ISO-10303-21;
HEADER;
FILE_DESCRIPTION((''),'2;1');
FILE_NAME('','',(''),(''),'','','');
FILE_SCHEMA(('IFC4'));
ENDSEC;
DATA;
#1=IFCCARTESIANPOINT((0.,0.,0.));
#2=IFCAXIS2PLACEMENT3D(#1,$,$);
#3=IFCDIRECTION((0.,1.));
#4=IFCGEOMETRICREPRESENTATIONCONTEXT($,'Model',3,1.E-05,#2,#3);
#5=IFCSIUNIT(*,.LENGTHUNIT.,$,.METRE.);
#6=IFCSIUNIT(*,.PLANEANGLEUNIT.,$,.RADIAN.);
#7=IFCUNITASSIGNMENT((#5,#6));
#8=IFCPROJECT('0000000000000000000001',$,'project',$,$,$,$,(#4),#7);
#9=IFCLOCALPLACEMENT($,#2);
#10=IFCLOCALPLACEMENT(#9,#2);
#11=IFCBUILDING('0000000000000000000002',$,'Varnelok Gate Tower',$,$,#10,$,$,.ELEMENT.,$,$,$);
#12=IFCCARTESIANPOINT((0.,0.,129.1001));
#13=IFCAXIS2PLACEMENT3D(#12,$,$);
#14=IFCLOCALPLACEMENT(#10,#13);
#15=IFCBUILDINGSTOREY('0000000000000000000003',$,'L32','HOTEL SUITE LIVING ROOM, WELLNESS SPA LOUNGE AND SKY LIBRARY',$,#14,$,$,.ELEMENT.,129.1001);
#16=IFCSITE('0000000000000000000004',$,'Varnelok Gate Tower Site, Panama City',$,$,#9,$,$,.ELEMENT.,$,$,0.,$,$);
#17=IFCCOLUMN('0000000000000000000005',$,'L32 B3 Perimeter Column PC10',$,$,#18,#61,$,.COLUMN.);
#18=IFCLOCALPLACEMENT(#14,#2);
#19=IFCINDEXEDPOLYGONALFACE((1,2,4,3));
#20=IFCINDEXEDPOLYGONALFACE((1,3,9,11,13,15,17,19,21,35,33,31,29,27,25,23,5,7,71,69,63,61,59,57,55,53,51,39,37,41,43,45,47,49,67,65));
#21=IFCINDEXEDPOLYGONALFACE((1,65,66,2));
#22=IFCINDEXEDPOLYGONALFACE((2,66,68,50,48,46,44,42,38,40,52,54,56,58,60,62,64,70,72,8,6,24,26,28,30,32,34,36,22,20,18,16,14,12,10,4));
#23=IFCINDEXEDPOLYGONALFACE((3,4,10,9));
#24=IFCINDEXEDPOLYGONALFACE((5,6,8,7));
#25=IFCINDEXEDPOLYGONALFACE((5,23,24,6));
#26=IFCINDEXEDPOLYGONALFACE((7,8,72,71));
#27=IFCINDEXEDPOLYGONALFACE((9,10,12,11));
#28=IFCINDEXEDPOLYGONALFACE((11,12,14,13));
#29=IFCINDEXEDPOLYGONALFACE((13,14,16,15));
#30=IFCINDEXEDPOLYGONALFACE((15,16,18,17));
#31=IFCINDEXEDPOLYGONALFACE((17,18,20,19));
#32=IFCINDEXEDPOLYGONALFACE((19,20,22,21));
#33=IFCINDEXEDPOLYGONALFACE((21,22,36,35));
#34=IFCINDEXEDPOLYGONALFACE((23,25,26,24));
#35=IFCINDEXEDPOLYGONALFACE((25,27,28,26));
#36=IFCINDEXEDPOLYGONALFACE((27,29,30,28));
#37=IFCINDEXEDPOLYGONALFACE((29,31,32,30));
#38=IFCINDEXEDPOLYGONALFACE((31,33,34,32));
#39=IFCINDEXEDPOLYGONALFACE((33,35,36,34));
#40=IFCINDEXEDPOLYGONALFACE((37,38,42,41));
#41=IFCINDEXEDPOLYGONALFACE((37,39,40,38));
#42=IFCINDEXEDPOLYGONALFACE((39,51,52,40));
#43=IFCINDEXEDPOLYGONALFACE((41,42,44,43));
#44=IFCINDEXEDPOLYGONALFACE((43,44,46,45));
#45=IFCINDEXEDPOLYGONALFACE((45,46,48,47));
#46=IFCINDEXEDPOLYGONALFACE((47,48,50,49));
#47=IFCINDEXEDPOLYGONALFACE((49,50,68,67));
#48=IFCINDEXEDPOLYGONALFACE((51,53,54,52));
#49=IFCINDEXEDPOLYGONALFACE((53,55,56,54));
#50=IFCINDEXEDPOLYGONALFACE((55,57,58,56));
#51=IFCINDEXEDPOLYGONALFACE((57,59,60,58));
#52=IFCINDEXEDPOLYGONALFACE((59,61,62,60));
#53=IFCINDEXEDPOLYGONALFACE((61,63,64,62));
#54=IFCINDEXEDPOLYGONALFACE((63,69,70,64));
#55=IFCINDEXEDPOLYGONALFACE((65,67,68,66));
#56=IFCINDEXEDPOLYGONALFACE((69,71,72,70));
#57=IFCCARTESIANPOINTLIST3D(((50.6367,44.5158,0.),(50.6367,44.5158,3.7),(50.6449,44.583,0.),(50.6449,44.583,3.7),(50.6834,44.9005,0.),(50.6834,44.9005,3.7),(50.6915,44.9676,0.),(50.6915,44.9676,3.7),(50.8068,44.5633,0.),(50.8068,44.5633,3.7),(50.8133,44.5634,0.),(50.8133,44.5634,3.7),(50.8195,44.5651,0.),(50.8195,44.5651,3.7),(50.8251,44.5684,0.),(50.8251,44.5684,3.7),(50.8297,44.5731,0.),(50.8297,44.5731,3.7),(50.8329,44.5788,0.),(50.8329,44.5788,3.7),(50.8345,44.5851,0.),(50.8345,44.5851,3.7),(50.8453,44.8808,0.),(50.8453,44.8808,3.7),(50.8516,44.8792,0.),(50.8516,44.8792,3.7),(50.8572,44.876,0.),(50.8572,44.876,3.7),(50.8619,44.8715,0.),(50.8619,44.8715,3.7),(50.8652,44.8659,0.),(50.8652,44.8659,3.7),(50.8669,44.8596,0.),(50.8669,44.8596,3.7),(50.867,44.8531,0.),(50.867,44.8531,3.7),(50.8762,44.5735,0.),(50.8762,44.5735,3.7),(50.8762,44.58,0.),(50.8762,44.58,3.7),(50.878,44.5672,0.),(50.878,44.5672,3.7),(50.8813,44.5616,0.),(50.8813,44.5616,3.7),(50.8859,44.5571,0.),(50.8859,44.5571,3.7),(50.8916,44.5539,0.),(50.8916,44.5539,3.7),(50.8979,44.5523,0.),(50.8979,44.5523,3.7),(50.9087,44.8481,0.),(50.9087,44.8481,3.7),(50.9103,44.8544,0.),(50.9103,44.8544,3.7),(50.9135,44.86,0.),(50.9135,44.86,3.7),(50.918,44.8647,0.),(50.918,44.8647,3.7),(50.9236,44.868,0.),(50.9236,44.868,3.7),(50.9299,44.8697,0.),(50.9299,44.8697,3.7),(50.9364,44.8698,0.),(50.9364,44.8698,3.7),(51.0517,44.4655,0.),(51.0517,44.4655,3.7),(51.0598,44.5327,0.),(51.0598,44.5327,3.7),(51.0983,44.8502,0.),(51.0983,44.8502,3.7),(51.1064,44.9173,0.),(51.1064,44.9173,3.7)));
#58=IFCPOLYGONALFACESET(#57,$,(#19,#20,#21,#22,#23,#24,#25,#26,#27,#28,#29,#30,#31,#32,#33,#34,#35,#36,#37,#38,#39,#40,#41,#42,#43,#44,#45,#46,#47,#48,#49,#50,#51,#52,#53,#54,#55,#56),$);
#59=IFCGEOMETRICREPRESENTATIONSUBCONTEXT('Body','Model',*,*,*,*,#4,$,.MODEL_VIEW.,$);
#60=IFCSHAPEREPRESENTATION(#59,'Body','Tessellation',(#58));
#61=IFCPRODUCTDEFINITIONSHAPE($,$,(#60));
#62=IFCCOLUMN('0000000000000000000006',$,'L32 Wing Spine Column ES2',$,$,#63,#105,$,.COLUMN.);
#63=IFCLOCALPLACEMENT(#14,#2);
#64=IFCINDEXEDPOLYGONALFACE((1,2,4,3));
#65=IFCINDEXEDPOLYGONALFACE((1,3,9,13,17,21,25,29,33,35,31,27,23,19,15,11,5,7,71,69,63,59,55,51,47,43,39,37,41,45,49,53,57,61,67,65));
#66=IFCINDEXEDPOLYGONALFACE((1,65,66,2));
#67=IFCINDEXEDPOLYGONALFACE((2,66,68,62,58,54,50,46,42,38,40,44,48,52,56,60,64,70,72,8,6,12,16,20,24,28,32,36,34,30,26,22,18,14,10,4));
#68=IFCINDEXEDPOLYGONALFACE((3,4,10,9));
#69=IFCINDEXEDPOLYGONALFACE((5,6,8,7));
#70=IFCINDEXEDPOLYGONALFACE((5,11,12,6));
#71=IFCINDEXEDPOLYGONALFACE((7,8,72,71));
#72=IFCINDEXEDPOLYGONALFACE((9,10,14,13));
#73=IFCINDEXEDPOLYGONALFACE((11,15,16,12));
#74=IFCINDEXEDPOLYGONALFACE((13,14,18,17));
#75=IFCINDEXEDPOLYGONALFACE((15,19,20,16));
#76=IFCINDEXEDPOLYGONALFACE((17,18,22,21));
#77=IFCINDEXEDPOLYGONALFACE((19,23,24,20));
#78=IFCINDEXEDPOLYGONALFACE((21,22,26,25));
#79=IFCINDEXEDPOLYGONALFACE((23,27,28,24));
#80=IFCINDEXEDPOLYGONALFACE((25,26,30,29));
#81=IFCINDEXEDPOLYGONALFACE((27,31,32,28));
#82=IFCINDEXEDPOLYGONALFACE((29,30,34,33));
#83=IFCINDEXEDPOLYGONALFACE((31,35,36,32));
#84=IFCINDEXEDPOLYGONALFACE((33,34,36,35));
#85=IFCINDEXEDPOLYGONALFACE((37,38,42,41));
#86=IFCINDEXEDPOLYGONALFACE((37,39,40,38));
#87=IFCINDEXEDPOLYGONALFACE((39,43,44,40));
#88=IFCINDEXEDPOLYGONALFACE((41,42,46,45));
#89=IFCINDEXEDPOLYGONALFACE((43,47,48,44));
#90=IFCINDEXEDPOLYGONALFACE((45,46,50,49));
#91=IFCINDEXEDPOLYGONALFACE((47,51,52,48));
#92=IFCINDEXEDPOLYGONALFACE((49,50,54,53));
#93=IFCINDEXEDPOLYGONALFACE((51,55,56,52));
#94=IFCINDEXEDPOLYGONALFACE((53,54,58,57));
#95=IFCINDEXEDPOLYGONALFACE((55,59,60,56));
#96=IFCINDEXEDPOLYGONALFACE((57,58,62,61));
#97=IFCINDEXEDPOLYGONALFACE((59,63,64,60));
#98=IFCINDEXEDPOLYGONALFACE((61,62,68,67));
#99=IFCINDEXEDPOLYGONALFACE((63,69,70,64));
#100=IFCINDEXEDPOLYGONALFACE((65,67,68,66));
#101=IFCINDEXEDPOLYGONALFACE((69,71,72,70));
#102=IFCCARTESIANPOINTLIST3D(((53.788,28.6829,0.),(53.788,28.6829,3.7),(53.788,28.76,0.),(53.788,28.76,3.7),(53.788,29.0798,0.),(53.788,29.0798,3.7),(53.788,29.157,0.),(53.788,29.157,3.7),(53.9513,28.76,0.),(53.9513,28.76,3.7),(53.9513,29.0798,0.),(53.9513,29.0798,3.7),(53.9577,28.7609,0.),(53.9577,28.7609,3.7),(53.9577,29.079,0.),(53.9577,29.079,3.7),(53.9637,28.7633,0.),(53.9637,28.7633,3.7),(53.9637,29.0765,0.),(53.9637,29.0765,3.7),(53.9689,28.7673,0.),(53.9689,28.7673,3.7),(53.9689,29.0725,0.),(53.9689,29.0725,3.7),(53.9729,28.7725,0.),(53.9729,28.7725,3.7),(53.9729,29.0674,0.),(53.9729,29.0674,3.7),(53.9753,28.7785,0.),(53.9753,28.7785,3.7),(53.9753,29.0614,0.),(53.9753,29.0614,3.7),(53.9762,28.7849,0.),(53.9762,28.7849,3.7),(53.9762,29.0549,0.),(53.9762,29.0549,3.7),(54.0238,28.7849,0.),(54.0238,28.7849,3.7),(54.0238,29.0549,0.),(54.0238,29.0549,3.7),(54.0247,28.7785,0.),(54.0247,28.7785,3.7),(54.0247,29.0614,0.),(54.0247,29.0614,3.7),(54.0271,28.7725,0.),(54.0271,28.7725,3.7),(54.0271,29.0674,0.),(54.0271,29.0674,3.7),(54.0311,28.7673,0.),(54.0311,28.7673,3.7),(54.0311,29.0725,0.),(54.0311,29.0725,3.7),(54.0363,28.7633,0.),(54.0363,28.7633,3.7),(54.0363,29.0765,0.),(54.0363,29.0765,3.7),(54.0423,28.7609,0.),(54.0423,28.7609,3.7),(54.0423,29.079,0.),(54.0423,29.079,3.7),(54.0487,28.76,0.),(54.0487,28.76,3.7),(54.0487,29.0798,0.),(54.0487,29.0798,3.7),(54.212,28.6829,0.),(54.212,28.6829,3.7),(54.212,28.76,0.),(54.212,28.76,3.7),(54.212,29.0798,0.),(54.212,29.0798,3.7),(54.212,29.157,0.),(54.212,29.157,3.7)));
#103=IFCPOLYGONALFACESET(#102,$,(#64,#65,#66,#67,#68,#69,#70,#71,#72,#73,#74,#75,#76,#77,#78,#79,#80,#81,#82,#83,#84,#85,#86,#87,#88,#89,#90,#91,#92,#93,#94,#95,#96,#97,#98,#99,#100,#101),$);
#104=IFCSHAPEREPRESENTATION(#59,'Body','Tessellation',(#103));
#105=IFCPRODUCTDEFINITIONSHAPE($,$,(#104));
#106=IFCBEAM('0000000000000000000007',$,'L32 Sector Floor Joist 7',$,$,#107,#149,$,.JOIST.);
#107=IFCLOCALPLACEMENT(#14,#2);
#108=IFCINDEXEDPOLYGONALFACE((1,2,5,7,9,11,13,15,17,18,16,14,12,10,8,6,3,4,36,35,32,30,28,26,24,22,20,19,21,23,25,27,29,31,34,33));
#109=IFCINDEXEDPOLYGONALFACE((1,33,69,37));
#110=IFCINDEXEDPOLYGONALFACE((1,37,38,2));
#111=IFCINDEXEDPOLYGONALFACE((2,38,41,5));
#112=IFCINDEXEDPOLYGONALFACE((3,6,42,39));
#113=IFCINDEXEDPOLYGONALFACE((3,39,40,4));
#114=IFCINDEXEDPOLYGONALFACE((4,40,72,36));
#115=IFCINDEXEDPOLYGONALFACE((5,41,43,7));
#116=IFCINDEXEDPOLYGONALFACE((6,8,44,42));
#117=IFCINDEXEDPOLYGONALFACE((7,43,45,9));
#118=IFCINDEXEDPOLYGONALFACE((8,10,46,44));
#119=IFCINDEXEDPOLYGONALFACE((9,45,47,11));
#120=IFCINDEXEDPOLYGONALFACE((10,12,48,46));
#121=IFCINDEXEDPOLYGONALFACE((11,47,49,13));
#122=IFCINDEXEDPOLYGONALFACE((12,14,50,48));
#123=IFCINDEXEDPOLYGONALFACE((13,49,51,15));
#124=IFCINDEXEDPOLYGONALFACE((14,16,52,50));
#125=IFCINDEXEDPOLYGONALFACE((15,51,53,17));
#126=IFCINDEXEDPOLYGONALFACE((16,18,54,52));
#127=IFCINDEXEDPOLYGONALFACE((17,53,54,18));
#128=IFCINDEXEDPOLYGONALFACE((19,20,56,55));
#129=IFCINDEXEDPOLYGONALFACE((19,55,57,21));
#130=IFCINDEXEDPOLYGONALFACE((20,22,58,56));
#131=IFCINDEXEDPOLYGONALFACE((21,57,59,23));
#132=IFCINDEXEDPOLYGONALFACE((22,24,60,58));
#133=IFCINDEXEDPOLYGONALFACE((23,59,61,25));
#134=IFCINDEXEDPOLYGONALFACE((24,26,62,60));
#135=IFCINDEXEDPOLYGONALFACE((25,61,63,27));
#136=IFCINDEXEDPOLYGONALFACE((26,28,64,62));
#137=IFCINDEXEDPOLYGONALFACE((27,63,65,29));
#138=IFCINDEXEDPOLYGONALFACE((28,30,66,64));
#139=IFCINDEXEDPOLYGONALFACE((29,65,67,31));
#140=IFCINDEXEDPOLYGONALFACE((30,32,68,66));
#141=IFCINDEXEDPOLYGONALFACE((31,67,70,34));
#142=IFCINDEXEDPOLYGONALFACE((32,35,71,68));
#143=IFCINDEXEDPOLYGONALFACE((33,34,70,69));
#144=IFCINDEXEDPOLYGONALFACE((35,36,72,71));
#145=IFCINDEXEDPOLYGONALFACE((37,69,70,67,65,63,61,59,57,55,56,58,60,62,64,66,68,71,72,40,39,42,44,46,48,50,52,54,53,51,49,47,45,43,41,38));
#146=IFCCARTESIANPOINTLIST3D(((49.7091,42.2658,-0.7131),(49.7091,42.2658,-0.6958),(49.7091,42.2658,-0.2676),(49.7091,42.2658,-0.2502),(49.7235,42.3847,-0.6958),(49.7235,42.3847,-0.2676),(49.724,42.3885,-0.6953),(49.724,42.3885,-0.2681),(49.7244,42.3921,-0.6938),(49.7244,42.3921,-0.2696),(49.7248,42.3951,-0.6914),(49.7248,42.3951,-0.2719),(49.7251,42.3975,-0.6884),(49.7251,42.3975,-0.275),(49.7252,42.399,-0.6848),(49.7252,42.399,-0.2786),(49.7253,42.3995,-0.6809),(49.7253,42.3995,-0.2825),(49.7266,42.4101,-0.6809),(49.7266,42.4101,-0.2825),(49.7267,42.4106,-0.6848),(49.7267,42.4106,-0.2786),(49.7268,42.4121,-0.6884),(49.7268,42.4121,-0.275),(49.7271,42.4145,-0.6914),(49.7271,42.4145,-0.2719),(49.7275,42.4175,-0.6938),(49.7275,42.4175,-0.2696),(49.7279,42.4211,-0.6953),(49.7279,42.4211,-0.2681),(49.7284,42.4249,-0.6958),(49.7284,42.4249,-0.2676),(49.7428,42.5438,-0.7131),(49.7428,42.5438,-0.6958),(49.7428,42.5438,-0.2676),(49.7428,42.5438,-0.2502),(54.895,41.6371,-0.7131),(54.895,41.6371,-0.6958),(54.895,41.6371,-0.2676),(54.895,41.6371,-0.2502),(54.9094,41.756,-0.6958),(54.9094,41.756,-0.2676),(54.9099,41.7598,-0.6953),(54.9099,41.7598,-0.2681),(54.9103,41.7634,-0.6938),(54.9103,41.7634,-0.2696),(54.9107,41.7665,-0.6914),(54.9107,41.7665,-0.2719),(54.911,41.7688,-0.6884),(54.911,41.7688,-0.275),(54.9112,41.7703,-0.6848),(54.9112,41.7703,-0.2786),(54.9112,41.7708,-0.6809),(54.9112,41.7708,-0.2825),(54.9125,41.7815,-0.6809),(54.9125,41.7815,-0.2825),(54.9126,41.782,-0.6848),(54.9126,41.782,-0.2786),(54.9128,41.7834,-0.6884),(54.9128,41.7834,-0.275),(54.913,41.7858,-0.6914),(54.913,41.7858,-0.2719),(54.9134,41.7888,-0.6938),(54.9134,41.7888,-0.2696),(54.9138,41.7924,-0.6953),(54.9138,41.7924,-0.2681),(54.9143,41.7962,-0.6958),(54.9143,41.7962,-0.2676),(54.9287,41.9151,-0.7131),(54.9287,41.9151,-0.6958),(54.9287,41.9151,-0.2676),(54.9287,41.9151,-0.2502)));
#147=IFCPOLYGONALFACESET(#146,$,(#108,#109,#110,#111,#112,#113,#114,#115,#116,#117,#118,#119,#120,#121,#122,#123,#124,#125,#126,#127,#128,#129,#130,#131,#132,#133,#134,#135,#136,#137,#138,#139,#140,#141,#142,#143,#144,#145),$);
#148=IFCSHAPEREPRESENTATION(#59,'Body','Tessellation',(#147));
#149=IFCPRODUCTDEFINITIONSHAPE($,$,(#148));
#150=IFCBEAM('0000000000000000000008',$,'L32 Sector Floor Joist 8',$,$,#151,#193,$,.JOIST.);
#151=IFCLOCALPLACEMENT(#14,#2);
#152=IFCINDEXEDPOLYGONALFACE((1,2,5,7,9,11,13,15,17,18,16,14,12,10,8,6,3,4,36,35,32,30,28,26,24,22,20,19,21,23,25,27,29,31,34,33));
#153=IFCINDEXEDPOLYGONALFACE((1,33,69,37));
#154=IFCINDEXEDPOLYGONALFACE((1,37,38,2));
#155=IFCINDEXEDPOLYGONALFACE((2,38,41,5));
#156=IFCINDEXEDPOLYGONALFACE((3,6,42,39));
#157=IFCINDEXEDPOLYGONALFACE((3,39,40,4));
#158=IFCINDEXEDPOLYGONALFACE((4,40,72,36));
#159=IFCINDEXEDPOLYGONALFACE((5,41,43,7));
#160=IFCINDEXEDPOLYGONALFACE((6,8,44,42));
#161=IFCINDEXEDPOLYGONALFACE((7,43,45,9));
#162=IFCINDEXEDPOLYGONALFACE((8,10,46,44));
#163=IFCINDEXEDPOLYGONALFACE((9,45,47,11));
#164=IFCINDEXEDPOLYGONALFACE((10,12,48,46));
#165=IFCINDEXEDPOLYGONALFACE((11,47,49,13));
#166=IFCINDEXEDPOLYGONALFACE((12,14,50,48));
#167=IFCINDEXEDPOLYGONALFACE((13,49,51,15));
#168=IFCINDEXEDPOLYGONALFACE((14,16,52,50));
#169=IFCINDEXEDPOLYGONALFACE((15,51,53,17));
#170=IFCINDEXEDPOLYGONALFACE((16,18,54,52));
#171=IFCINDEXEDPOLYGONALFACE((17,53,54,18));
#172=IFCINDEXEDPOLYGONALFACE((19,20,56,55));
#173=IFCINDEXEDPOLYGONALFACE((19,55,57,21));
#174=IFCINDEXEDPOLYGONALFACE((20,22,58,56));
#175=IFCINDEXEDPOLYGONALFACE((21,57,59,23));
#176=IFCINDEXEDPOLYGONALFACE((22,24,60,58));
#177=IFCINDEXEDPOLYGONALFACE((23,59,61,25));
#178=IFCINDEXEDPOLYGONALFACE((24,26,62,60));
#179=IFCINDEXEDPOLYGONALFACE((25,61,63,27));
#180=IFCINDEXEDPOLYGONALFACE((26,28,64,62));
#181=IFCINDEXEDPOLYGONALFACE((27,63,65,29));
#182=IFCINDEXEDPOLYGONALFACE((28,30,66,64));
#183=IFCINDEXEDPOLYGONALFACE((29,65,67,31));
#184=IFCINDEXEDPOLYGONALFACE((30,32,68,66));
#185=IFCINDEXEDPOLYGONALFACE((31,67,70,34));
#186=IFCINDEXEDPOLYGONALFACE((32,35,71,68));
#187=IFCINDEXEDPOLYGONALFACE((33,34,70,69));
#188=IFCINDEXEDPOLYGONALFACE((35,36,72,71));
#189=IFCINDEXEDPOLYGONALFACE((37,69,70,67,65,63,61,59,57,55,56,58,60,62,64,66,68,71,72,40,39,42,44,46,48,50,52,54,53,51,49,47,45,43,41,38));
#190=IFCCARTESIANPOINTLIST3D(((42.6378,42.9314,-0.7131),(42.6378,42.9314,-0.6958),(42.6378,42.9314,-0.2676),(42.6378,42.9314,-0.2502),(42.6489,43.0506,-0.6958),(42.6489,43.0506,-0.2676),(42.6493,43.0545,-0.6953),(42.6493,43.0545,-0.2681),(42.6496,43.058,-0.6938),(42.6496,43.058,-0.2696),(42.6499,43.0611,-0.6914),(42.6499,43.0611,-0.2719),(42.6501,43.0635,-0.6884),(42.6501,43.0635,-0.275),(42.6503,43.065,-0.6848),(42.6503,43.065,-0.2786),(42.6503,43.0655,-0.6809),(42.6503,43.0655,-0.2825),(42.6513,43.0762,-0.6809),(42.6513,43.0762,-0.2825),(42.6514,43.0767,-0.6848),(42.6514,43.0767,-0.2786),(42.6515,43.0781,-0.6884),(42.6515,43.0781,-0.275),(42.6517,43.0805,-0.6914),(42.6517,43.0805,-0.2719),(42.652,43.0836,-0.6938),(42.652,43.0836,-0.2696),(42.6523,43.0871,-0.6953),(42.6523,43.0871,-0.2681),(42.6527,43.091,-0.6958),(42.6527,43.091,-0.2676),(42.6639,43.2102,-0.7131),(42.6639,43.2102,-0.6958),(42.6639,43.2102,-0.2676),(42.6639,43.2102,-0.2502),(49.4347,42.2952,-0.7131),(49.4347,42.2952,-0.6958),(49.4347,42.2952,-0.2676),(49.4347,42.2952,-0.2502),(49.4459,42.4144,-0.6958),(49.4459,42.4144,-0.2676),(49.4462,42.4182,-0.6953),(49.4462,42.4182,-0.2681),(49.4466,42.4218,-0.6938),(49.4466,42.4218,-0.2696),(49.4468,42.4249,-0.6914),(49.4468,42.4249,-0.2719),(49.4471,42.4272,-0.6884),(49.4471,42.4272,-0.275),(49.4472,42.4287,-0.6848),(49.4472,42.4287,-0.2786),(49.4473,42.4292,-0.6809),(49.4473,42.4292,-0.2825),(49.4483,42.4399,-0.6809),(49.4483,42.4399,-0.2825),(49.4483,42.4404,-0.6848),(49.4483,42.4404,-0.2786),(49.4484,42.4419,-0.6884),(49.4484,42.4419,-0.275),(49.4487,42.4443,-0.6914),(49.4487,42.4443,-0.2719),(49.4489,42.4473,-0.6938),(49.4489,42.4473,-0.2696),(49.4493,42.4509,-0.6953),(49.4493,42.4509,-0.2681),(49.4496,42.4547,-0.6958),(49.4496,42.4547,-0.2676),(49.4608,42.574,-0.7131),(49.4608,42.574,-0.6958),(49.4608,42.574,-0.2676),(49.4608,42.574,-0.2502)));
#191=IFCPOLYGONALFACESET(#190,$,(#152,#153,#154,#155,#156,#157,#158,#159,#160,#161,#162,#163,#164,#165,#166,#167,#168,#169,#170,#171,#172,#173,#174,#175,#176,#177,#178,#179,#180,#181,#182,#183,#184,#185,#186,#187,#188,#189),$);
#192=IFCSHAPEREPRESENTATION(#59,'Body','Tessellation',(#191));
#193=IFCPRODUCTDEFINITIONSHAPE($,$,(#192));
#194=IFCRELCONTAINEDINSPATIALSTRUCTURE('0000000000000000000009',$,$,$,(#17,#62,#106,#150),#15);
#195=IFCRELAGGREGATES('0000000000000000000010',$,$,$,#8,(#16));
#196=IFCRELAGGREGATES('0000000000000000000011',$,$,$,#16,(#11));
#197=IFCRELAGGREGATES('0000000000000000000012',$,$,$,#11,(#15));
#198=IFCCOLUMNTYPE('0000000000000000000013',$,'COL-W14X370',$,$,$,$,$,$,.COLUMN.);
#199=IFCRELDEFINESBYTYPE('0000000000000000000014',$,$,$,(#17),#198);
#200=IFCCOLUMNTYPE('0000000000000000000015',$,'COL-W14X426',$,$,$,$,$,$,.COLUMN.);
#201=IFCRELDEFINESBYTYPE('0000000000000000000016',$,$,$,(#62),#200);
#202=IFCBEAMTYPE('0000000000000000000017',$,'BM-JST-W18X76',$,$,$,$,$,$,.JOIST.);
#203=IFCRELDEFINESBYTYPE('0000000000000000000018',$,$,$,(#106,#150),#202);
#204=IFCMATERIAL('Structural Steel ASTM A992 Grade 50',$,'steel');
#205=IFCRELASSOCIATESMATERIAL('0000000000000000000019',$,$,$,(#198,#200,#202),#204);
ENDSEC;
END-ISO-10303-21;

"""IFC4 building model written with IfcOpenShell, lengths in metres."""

from ifc_helpers import new_model, si_unit, direction, frame, origin, origin_2d, place, context, subcontext, project, spatial, i_section, extrude, material, material_profile, profile_set, type_object, element, save


model = new_model("IFC4")

# Units and contexts
model_context = context("Model", 3, precision=1e-05, world=origin(), true_north=direction((0.0, 1.0)))
body_context = subcontext(model_context, "Body", "Model", "MODEL_VIEW")
ifc_project = project(units=[si_unit("LENGTHUNIT", "METRE"), si_unit("PLANEANGLEUNIT", "RADIAN")], contexts=[model_context])

# Site, building, storey
site_placement = place(None, origin())
site = spatial("IfcSite", under=ifc_project, at=site_placement, Name="Varnelok Gate Tower Site, Panama City", CompositionType="ELEMENT", RefElevation=0.0)
building_placement = place(site_placement, origin())
building = spatial("IfcBuilding", under=site, at=building_placement, Name="Varnelok Gate Tower", CompositionType="ELEMENT")
storey_placement = place(building_placement, frame((0.0, 0.0, 129.1001)))
storey = spatial("IfcBuildingStorey", under=building, at=storey_placement, Name="L32", Description="HOTEL SUITE LIVING ROOM, WELLNESS SPA LOUNGE AND SKY LIBRARY", CompositionType="ELEMENT", Elevation=129.1001)

# Columns
ifc_material_1 = material(Name="Structural Steel ASTM A992 Grade 50", Category="steel")
ifc_material_profile_1 = material_profile(ifc_material_1, i_section(OverallWidth=0.418, OverallDepth=0.4551, WebThickness=0.042, FlangeThickness=0.0676, FilletRadius=0.0249, at=origin_2d()), Name="W14X370")
ifc_profile_set_1 = profile_set([ifc_material_profile_1], Name="Structural Steel ASTM A992 Grade 50")
column_type_1 = type_object("IfcColumnType", Name="COL-W14X370", PredefinedType="COLUMN", material=ifc_profile_set_1)
column_1_placement = place(storey_placement, frame((50.8716, 44.7166, 0.0), z_axis=(0.0, 0.0, 1.0), x_axis=(0.992732, -0.120345, 0.0)))
element("IfcColumn", 1, at=column_1_placement, inside=storey, type_object=column_type_1, Name="L32 B3 Perimeter Column PC10", PredefinedType="COLUMN", context=body_context, shape_type="SweptSolid", body=[
    extrude(i_section(OverallWidth=0.418, OverallDepth=0.4551, WebThickness=0.042, FlangeThickness=0.0676, FilletRadius=0.0249, at=origin_2d()), origin(), (0.0, 0.0, 1.0), 3.7),
])
ifc_material_profile_2 = material_profile(ifc_material_1, i_section(OverallWidth=0.4241, OverallDepth=0.4741, WebThickness=0.0476, FlangeThickness=0.0771, FilletRadius=0.0249, at=origin_2d()), Name="W14X426")
ifc_profile_set_2 = profile_set([ifc_material_profile_2], Name="Structural Steel ASTM A992 Grade 50")
column_type_2 = type_object("IfcColumnType", Name="COL-W14X426", PredefinedType="COLUMN", material=ifc_profile_set_2)
column_2_placement = place(storey_placement, frame((54.0, 28.9199, 0.0), z_axis=(0.0, 0.0, 1.0), x_axis=(1.0, 0.0, 0.0)))
element("IfcColumn", 2, at=column_2_placement, inside=storey, type_object=column_type_2, Name="L32 Wing Spine Column ES2", PredefinedType="COLUMN", context=body_context, shape_type="SweptSolid", body=[
    extrude(i_section(OverallWidth=0.4241, OverallDepth=0.4741, WebThickness=0.0476, FlangeThickness=0.0771, FilletRadius=0.0249, at=origin_2d()), origin(), (0.0, 0.0, 1.0), 3.7),
])

# Beams
ifc_material_profile_3 = material_profile(ifc_material_1, i_section(OverallWidth=0.28, OverallDepth=0.4629, WebThickness=0.0107, FlangeThickness=0.0173, FilletRadius=0.0149, at=origin_2d()), Name="W18X76")
ifc_profile_set_3 = profile_set([ifc_material_profile_3], Name="Structural Steel ASTM A992 Grade 50")
beam_type_1 = type_object("IfcBeamType", Name="BM-JST-W18X76", PredefinedType="JOIST", material=ifc_profile_set_3)
beam_1_placement = place(storey_placement, frame((54.9119, 41.7761, -0.4817), z_axis=(-0.992732, 0.120347, 0.0), x_axis=(-0.120347, -0.992732, 0.0)))
element("IfcBeam", 3, at=beam_1_placement, inside=storey, type_object=beam_type_1, Name="L32 Sector Floor Joist 7", PredefinedType="JOIST", context=body_context, shape_type="SweptSolid", body=[
    extrude(i_section(OverallWidth=0.28, OverallDepth=0.4629, WebThickness=0.0107, FlangeThickness=0.0173, FilletRadius=0.0149, at=origin_2d()), origin(), (0.0, 0.0, 1.0), 5.2239),
])
beam_2_placement = place(storey_placement, frame((49.4478, 42.4346, -0.4817), z_axis=(-0.995648, 0.093199, 0.0), x_axis=(-0.093199, -0.995648, 0.0)))
element("IfcBeam", 4, at=beam_2_placement, inside=storey, type_object=beam_type_1, Name="L32 Sector Floor Joist 8", PredefinedType="JOIST", context=body_context, shape_type="SweptSolid", body=[
    extrude(i_section(OverallWidth=0.28, OverallDepth=0.4629, WebThickness=0.0107, FlangeThickness=0.0173, FilletRadius=0.0149, at=origin_2d()), origin(), (0.0, 0.0, 1.0), 6.8267),
])

save(model, "model.ifc")
